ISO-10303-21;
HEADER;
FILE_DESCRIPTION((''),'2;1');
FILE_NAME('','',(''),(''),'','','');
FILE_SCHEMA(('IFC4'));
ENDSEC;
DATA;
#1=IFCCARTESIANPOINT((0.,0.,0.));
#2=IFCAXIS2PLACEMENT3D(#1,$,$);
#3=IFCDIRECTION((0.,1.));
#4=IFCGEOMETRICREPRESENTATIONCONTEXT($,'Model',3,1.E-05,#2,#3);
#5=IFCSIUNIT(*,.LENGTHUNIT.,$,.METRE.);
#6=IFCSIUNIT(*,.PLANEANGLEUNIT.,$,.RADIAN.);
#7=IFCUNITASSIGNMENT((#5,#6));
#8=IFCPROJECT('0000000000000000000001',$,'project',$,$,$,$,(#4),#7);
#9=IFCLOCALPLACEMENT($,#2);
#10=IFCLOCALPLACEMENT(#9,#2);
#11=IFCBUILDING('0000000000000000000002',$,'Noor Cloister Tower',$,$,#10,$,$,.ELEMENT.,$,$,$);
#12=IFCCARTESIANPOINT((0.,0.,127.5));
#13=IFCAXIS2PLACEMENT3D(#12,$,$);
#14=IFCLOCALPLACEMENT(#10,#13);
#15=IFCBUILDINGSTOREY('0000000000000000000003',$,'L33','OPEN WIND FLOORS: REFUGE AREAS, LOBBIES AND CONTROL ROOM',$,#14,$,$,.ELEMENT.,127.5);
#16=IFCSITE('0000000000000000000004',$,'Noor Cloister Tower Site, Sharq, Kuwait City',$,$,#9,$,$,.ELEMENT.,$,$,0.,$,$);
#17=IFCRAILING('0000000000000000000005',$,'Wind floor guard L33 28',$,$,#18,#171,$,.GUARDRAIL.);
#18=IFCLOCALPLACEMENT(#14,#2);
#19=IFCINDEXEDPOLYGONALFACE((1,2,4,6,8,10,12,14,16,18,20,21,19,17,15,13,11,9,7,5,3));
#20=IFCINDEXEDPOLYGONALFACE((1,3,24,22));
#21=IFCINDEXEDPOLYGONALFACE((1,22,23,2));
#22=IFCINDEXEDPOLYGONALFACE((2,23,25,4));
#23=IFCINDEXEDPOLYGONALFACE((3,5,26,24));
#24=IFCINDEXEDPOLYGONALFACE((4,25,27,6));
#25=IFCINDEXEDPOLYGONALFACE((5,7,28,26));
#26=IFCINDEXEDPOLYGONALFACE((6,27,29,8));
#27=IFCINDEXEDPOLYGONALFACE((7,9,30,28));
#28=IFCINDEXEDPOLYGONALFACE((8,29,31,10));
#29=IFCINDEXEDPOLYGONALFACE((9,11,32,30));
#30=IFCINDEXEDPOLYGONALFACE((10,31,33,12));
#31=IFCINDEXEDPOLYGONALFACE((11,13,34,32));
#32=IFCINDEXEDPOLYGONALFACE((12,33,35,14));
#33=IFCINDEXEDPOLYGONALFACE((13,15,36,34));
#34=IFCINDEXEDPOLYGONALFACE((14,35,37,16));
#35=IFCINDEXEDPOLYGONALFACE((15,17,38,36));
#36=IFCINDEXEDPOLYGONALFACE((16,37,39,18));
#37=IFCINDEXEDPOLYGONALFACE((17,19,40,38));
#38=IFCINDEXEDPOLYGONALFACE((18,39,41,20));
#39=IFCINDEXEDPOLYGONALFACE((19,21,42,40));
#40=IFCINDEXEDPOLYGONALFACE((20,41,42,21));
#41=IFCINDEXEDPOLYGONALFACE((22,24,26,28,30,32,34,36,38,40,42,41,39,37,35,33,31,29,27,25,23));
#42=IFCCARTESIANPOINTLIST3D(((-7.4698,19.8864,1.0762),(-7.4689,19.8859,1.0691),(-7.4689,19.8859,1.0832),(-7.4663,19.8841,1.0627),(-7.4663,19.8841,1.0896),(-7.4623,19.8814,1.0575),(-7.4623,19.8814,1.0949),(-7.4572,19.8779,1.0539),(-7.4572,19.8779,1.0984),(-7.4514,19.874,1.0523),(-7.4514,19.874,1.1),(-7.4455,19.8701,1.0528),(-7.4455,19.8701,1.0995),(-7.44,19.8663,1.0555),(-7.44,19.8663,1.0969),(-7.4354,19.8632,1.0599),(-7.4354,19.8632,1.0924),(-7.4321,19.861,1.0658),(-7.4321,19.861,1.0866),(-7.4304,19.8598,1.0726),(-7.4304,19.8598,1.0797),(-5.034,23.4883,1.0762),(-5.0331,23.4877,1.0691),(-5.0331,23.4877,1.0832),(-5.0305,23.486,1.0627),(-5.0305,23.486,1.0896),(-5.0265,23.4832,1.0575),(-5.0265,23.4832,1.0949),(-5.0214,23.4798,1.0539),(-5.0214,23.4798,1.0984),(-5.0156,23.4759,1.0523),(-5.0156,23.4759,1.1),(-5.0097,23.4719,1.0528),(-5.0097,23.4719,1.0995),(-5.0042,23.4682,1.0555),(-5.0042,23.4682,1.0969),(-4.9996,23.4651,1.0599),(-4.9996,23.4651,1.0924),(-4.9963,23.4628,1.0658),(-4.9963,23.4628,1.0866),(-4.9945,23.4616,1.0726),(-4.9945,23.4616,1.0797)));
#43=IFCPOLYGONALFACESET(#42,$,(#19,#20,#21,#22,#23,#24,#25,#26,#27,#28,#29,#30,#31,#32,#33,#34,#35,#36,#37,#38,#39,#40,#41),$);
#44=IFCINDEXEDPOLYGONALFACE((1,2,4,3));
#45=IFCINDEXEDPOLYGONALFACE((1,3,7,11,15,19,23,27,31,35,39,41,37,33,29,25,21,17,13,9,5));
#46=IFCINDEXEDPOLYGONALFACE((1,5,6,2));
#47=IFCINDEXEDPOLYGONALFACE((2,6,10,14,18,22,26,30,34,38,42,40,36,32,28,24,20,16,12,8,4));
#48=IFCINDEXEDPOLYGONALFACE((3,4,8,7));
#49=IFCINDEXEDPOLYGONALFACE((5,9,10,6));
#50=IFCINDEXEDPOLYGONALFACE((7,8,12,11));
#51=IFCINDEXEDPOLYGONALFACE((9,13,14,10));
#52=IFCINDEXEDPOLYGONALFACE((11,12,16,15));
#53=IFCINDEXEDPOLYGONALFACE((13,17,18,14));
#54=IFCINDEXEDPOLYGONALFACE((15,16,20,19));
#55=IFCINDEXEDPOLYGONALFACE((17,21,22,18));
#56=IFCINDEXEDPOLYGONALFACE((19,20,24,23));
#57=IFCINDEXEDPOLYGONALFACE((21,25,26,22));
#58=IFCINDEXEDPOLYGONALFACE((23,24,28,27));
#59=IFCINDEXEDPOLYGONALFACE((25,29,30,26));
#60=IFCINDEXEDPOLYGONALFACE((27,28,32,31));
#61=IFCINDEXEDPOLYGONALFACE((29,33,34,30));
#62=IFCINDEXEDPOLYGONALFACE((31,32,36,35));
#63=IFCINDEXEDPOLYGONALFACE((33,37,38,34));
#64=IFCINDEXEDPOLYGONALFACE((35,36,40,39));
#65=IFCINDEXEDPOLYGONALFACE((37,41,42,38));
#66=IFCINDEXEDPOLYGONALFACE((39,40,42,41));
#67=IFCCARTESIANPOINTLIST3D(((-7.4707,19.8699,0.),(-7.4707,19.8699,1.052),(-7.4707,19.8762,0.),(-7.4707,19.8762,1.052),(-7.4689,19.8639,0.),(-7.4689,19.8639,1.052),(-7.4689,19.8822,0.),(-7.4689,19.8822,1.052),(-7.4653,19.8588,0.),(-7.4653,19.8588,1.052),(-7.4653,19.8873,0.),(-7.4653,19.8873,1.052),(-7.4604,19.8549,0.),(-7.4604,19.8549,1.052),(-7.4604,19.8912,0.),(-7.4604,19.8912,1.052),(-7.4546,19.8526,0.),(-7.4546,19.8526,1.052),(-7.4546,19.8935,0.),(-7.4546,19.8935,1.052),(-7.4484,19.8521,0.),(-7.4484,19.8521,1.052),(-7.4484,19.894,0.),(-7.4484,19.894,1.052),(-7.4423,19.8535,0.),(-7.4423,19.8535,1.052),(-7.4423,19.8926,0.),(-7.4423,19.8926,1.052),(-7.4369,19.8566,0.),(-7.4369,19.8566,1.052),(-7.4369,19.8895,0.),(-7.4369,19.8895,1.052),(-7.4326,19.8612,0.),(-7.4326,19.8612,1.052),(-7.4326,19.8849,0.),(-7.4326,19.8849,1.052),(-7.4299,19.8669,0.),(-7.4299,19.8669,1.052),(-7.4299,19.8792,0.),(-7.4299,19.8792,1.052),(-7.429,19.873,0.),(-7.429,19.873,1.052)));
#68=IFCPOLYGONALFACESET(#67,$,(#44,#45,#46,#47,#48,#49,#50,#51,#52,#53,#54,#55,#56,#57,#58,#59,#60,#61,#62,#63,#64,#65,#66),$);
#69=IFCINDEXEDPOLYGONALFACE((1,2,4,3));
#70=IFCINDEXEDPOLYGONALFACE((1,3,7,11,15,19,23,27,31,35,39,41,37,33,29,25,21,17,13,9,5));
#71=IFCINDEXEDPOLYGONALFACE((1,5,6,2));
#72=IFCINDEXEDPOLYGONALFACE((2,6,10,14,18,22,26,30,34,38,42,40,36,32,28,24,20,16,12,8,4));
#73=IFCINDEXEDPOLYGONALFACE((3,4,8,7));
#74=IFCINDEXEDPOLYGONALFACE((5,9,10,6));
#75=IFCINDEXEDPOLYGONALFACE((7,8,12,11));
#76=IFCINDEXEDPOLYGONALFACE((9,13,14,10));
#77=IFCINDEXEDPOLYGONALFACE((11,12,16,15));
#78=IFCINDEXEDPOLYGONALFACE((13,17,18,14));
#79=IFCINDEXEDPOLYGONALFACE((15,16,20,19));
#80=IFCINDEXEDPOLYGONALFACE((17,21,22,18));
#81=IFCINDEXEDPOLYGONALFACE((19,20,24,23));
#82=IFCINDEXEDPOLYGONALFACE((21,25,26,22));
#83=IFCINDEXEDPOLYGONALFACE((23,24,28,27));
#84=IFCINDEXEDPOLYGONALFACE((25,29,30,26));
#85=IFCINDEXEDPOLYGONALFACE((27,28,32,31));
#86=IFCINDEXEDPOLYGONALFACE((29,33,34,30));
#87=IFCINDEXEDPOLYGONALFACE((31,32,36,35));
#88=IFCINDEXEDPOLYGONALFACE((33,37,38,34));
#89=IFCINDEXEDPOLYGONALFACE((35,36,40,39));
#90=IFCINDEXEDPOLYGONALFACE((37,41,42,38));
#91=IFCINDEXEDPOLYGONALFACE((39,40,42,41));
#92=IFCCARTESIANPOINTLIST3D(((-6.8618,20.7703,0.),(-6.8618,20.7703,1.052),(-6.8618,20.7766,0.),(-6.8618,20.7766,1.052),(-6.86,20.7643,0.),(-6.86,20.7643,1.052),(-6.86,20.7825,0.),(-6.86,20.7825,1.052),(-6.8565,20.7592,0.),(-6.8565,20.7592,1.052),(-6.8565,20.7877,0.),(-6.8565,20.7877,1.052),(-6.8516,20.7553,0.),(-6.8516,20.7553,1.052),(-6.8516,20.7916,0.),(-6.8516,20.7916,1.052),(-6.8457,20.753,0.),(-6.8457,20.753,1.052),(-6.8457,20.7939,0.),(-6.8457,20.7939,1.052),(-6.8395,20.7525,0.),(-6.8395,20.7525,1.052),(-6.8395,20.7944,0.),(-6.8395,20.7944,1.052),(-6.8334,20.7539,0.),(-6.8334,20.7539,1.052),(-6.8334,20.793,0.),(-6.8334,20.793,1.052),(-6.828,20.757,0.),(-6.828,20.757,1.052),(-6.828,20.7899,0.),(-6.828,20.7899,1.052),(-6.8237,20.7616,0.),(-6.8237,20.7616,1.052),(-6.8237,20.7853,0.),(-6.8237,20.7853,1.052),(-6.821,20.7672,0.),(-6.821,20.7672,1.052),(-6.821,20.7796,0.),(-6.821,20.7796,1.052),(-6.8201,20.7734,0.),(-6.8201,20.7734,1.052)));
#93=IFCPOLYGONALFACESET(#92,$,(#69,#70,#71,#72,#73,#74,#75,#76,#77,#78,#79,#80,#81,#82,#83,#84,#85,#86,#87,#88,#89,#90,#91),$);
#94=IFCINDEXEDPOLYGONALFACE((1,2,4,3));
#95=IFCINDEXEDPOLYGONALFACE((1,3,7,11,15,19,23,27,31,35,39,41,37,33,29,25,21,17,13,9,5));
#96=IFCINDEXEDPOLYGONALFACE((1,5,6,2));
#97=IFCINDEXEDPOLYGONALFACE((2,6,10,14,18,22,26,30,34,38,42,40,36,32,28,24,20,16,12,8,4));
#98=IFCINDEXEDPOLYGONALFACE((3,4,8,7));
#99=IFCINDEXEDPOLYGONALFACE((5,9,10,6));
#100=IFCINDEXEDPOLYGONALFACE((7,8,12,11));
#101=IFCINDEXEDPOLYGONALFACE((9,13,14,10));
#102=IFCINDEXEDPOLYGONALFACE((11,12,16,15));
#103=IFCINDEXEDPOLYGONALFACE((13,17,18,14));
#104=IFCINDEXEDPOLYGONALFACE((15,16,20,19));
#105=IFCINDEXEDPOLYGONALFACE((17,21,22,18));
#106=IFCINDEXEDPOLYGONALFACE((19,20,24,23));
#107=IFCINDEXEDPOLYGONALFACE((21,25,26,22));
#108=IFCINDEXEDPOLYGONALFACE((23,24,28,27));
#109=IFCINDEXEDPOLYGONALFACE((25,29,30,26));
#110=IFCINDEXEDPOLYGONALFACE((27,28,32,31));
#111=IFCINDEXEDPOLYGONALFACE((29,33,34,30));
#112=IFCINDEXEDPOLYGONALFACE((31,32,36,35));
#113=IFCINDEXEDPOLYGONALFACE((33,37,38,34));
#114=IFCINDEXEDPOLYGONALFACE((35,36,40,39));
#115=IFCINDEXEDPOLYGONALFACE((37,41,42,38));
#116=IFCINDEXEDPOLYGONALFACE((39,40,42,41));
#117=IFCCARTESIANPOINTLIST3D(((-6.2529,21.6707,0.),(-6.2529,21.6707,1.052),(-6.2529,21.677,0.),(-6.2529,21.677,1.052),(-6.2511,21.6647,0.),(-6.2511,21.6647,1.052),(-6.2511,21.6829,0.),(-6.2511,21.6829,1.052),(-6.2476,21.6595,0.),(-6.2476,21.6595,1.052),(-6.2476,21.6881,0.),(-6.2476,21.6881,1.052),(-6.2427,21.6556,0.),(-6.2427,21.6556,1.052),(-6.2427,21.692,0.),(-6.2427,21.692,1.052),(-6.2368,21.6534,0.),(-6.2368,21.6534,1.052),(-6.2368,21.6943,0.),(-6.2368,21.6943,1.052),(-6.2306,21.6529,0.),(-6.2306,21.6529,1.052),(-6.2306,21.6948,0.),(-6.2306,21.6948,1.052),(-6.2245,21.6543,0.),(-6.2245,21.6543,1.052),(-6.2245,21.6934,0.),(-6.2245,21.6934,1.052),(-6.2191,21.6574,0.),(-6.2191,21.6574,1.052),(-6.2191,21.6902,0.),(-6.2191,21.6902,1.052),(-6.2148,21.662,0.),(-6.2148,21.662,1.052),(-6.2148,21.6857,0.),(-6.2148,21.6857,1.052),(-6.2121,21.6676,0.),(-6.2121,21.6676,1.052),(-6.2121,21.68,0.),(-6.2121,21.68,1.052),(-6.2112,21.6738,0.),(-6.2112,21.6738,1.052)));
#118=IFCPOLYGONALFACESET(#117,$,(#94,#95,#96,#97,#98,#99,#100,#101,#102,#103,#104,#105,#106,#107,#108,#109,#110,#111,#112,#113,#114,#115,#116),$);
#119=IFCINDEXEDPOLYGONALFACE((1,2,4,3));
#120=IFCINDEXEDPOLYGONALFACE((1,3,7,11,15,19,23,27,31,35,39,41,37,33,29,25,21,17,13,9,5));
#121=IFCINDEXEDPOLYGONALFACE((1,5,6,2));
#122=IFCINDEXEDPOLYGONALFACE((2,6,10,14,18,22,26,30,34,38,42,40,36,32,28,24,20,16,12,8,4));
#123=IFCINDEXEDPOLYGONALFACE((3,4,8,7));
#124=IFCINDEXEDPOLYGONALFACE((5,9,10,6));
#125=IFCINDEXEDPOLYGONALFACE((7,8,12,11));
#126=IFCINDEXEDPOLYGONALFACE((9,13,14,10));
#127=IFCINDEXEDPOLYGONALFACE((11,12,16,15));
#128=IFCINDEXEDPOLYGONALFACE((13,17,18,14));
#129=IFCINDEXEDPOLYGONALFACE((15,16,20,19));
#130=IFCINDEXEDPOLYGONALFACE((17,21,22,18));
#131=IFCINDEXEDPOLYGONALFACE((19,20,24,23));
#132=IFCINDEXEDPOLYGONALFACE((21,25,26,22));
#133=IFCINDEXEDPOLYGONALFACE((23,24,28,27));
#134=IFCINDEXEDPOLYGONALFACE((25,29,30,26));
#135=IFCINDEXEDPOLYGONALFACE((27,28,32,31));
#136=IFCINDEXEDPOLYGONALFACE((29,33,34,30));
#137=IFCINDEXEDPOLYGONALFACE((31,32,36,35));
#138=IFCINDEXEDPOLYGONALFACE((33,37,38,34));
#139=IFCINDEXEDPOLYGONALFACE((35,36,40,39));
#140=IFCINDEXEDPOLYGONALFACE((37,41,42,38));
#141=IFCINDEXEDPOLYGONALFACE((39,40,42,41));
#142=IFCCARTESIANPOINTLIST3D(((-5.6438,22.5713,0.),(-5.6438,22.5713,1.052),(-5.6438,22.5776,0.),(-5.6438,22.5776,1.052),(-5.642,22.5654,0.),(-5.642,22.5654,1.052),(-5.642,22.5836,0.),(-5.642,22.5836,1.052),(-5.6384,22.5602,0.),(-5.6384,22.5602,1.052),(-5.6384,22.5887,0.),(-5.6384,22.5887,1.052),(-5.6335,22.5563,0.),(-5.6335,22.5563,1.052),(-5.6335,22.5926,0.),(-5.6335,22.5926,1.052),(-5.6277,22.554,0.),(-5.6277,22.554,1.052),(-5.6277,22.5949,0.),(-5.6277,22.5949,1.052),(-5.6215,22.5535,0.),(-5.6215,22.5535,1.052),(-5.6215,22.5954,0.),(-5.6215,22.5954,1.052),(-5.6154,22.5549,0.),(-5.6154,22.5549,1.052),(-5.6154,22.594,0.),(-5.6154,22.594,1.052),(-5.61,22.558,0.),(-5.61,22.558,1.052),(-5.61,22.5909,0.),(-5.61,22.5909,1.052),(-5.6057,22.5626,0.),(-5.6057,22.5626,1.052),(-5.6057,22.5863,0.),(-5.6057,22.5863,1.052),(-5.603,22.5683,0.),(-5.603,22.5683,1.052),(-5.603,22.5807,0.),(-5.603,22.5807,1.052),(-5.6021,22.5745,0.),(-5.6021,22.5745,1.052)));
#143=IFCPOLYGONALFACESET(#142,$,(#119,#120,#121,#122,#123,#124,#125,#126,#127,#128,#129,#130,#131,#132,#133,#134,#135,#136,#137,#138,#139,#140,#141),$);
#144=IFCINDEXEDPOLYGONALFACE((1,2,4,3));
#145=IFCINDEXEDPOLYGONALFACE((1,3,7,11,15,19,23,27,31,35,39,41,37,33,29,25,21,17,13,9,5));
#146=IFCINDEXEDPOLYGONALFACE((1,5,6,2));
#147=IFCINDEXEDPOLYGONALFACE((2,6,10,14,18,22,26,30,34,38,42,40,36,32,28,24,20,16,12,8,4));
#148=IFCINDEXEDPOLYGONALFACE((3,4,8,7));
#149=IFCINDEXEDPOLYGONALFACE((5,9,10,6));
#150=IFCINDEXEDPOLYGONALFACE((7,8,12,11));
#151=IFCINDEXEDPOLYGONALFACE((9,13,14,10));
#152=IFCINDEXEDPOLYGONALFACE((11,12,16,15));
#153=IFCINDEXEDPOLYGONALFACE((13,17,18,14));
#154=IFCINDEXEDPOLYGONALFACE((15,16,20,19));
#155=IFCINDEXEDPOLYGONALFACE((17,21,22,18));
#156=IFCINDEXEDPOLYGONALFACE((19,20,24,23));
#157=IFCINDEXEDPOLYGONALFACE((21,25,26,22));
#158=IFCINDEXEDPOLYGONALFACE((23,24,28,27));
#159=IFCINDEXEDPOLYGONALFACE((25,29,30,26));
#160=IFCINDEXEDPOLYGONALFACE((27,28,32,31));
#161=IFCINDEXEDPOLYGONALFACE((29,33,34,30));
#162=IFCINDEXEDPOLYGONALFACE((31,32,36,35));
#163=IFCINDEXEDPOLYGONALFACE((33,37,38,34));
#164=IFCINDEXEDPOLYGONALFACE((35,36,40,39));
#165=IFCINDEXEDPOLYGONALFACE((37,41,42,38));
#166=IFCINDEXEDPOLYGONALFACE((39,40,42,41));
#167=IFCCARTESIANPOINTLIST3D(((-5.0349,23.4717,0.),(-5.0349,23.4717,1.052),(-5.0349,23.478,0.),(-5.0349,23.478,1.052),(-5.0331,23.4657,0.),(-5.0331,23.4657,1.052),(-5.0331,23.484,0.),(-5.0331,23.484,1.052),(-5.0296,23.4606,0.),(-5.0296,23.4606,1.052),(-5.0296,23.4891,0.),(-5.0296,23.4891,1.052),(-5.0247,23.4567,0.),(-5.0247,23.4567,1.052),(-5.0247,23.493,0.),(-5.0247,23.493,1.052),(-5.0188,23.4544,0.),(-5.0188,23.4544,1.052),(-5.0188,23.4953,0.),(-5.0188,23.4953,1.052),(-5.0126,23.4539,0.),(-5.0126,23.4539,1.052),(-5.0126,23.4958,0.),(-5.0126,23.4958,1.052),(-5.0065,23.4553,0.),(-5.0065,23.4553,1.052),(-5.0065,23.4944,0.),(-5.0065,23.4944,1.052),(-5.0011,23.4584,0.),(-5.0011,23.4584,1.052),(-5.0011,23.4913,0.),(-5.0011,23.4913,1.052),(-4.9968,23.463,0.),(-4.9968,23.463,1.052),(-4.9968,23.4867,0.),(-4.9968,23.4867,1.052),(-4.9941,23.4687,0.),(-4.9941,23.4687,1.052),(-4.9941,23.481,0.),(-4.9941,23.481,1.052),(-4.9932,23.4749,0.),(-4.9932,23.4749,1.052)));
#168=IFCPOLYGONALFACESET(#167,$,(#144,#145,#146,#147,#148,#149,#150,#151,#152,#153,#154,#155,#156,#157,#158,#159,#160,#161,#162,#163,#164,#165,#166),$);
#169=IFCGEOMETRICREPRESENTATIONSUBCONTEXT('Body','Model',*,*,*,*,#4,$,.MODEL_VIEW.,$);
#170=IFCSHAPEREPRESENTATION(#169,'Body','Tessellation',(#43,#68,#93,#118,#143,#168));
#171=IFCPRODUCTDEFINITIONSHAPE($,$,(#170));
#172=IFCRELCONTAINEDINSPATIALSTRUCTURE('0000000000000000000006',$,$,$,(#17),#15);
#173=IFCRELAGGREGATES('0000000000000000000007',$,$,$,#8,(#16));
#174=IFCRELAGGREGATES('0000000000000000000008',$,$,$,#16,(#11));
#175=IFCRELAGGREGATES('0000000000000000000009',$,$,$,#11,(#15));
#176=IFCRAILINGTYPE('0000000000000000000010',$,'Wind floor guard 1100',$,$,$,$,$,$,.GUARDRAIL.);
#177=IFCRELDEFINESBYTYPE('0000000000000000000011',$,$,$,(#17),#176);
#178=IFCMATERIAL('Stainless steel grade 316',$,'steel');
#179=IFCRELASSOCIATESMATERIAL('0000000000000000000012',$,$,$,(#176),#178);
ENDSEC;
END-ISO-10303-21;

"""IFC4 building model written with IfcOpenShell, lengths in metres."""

from ifc_helpers import new_model, si_unit, direction, frame, origin, origin_2d, place, context, subcontext, project, spatial, circle, extrude, material, type_object, element, save


model = new_model("IFC4")

# Units and contexts
model_context = context("Model", 3, precision=1e-05, world=origin(), true_north=direction((0.0, 1.0)))
body_context = subcontext(model_context, "Body", "Model", "MODEL_VIEW")
ifc_project = project(units=[si_unit("LENGTHUNIT", "METRE"), si_unit("PLANEANGLEUNIT", "RADIAN")], contexts=[model_context])

# Site, building, storey
site_placement = place(None, origin())
site = spatial("IfcSite", under=ifc_project, at=site_placement, Name="Noor Cloister Tower Site, Sharq, Kuwait City", CompositionType="ELEMENT", RefElevation=0.0)
building_placement = place(site_placement, origin())
building = spatial("IfcBuilding", under=site, at=building_placement, Name="Noor Cloister Tower", CompositionType="ELEMENT")
storey_placement = place(building_placement, frame((0.0, 0.0, 127.5)))
storey = spatial("IfcBuildingStorey", under=building, at=storey_placement, Name="L33", Description="OPEN WIND FLOORS: REFUGE AREAS, LOBBIES AND CONTROL ROOM", CompositionType="ELEMENT", Elevation=127.5)

# Railing
ifc_material_1 = material(Name="Stainless steel grade 316", Category="steel")
railing_type = type_object("IfcRailingType", Name="Wind floor guard 1100", PredefinedType="GUARDRAIL", material=ifc_material_1)
railing_1_placement = place(storey_placement, frame((-7.45, 19.873, 0.0)))
element("IfcRailing", 1, at=railing_1_placement, inside=storey, type_object=railing_type, Name="Wind floor guard L33 28", PredefinedType="GUARDRAIL", context=body_context, shape_type="SweptSolid", body=[
    extrude(circle(Radius=0.0239, at=origin_2d()), frame((0.0, 0.0, 1.0762), z_axis=(0.560195, 0.828361, 0.0), x_axis=(-0.828361, 0.560195, 0.0)), (0.0, 0.0, 1.0), 4.3481),
    extrude(circle(Radius=0.021, at=origin_2d()), origin(), (0.0, 0.0, 1.0), 1.052),
    extrude(circle(Radius=0.021, at=origin_2d()), frame((0.6089, 0.9004, 0.0)), (0.0, 0.0, 1.0), 1.052),
    extrude(circle(Radius=0.021, at=origin_2d()), frame((1.2178, 1.8008, 0.0)), (0.0, 0.0, 1.0), 1.052),
    extrude(circle(Radius=0.021, at=origin_2d()), frame((1.8269, 2.7014, 0.0)), (0.0, 0.0, 1.0), 1.052),
    extrude(circle(Radius=0.021, at=origin_2d()), frame((2.4358, 3.6018, 0.0)), (0.0, 0.0, 1.0), 1.052),
])

save(model, "model.ifc")
